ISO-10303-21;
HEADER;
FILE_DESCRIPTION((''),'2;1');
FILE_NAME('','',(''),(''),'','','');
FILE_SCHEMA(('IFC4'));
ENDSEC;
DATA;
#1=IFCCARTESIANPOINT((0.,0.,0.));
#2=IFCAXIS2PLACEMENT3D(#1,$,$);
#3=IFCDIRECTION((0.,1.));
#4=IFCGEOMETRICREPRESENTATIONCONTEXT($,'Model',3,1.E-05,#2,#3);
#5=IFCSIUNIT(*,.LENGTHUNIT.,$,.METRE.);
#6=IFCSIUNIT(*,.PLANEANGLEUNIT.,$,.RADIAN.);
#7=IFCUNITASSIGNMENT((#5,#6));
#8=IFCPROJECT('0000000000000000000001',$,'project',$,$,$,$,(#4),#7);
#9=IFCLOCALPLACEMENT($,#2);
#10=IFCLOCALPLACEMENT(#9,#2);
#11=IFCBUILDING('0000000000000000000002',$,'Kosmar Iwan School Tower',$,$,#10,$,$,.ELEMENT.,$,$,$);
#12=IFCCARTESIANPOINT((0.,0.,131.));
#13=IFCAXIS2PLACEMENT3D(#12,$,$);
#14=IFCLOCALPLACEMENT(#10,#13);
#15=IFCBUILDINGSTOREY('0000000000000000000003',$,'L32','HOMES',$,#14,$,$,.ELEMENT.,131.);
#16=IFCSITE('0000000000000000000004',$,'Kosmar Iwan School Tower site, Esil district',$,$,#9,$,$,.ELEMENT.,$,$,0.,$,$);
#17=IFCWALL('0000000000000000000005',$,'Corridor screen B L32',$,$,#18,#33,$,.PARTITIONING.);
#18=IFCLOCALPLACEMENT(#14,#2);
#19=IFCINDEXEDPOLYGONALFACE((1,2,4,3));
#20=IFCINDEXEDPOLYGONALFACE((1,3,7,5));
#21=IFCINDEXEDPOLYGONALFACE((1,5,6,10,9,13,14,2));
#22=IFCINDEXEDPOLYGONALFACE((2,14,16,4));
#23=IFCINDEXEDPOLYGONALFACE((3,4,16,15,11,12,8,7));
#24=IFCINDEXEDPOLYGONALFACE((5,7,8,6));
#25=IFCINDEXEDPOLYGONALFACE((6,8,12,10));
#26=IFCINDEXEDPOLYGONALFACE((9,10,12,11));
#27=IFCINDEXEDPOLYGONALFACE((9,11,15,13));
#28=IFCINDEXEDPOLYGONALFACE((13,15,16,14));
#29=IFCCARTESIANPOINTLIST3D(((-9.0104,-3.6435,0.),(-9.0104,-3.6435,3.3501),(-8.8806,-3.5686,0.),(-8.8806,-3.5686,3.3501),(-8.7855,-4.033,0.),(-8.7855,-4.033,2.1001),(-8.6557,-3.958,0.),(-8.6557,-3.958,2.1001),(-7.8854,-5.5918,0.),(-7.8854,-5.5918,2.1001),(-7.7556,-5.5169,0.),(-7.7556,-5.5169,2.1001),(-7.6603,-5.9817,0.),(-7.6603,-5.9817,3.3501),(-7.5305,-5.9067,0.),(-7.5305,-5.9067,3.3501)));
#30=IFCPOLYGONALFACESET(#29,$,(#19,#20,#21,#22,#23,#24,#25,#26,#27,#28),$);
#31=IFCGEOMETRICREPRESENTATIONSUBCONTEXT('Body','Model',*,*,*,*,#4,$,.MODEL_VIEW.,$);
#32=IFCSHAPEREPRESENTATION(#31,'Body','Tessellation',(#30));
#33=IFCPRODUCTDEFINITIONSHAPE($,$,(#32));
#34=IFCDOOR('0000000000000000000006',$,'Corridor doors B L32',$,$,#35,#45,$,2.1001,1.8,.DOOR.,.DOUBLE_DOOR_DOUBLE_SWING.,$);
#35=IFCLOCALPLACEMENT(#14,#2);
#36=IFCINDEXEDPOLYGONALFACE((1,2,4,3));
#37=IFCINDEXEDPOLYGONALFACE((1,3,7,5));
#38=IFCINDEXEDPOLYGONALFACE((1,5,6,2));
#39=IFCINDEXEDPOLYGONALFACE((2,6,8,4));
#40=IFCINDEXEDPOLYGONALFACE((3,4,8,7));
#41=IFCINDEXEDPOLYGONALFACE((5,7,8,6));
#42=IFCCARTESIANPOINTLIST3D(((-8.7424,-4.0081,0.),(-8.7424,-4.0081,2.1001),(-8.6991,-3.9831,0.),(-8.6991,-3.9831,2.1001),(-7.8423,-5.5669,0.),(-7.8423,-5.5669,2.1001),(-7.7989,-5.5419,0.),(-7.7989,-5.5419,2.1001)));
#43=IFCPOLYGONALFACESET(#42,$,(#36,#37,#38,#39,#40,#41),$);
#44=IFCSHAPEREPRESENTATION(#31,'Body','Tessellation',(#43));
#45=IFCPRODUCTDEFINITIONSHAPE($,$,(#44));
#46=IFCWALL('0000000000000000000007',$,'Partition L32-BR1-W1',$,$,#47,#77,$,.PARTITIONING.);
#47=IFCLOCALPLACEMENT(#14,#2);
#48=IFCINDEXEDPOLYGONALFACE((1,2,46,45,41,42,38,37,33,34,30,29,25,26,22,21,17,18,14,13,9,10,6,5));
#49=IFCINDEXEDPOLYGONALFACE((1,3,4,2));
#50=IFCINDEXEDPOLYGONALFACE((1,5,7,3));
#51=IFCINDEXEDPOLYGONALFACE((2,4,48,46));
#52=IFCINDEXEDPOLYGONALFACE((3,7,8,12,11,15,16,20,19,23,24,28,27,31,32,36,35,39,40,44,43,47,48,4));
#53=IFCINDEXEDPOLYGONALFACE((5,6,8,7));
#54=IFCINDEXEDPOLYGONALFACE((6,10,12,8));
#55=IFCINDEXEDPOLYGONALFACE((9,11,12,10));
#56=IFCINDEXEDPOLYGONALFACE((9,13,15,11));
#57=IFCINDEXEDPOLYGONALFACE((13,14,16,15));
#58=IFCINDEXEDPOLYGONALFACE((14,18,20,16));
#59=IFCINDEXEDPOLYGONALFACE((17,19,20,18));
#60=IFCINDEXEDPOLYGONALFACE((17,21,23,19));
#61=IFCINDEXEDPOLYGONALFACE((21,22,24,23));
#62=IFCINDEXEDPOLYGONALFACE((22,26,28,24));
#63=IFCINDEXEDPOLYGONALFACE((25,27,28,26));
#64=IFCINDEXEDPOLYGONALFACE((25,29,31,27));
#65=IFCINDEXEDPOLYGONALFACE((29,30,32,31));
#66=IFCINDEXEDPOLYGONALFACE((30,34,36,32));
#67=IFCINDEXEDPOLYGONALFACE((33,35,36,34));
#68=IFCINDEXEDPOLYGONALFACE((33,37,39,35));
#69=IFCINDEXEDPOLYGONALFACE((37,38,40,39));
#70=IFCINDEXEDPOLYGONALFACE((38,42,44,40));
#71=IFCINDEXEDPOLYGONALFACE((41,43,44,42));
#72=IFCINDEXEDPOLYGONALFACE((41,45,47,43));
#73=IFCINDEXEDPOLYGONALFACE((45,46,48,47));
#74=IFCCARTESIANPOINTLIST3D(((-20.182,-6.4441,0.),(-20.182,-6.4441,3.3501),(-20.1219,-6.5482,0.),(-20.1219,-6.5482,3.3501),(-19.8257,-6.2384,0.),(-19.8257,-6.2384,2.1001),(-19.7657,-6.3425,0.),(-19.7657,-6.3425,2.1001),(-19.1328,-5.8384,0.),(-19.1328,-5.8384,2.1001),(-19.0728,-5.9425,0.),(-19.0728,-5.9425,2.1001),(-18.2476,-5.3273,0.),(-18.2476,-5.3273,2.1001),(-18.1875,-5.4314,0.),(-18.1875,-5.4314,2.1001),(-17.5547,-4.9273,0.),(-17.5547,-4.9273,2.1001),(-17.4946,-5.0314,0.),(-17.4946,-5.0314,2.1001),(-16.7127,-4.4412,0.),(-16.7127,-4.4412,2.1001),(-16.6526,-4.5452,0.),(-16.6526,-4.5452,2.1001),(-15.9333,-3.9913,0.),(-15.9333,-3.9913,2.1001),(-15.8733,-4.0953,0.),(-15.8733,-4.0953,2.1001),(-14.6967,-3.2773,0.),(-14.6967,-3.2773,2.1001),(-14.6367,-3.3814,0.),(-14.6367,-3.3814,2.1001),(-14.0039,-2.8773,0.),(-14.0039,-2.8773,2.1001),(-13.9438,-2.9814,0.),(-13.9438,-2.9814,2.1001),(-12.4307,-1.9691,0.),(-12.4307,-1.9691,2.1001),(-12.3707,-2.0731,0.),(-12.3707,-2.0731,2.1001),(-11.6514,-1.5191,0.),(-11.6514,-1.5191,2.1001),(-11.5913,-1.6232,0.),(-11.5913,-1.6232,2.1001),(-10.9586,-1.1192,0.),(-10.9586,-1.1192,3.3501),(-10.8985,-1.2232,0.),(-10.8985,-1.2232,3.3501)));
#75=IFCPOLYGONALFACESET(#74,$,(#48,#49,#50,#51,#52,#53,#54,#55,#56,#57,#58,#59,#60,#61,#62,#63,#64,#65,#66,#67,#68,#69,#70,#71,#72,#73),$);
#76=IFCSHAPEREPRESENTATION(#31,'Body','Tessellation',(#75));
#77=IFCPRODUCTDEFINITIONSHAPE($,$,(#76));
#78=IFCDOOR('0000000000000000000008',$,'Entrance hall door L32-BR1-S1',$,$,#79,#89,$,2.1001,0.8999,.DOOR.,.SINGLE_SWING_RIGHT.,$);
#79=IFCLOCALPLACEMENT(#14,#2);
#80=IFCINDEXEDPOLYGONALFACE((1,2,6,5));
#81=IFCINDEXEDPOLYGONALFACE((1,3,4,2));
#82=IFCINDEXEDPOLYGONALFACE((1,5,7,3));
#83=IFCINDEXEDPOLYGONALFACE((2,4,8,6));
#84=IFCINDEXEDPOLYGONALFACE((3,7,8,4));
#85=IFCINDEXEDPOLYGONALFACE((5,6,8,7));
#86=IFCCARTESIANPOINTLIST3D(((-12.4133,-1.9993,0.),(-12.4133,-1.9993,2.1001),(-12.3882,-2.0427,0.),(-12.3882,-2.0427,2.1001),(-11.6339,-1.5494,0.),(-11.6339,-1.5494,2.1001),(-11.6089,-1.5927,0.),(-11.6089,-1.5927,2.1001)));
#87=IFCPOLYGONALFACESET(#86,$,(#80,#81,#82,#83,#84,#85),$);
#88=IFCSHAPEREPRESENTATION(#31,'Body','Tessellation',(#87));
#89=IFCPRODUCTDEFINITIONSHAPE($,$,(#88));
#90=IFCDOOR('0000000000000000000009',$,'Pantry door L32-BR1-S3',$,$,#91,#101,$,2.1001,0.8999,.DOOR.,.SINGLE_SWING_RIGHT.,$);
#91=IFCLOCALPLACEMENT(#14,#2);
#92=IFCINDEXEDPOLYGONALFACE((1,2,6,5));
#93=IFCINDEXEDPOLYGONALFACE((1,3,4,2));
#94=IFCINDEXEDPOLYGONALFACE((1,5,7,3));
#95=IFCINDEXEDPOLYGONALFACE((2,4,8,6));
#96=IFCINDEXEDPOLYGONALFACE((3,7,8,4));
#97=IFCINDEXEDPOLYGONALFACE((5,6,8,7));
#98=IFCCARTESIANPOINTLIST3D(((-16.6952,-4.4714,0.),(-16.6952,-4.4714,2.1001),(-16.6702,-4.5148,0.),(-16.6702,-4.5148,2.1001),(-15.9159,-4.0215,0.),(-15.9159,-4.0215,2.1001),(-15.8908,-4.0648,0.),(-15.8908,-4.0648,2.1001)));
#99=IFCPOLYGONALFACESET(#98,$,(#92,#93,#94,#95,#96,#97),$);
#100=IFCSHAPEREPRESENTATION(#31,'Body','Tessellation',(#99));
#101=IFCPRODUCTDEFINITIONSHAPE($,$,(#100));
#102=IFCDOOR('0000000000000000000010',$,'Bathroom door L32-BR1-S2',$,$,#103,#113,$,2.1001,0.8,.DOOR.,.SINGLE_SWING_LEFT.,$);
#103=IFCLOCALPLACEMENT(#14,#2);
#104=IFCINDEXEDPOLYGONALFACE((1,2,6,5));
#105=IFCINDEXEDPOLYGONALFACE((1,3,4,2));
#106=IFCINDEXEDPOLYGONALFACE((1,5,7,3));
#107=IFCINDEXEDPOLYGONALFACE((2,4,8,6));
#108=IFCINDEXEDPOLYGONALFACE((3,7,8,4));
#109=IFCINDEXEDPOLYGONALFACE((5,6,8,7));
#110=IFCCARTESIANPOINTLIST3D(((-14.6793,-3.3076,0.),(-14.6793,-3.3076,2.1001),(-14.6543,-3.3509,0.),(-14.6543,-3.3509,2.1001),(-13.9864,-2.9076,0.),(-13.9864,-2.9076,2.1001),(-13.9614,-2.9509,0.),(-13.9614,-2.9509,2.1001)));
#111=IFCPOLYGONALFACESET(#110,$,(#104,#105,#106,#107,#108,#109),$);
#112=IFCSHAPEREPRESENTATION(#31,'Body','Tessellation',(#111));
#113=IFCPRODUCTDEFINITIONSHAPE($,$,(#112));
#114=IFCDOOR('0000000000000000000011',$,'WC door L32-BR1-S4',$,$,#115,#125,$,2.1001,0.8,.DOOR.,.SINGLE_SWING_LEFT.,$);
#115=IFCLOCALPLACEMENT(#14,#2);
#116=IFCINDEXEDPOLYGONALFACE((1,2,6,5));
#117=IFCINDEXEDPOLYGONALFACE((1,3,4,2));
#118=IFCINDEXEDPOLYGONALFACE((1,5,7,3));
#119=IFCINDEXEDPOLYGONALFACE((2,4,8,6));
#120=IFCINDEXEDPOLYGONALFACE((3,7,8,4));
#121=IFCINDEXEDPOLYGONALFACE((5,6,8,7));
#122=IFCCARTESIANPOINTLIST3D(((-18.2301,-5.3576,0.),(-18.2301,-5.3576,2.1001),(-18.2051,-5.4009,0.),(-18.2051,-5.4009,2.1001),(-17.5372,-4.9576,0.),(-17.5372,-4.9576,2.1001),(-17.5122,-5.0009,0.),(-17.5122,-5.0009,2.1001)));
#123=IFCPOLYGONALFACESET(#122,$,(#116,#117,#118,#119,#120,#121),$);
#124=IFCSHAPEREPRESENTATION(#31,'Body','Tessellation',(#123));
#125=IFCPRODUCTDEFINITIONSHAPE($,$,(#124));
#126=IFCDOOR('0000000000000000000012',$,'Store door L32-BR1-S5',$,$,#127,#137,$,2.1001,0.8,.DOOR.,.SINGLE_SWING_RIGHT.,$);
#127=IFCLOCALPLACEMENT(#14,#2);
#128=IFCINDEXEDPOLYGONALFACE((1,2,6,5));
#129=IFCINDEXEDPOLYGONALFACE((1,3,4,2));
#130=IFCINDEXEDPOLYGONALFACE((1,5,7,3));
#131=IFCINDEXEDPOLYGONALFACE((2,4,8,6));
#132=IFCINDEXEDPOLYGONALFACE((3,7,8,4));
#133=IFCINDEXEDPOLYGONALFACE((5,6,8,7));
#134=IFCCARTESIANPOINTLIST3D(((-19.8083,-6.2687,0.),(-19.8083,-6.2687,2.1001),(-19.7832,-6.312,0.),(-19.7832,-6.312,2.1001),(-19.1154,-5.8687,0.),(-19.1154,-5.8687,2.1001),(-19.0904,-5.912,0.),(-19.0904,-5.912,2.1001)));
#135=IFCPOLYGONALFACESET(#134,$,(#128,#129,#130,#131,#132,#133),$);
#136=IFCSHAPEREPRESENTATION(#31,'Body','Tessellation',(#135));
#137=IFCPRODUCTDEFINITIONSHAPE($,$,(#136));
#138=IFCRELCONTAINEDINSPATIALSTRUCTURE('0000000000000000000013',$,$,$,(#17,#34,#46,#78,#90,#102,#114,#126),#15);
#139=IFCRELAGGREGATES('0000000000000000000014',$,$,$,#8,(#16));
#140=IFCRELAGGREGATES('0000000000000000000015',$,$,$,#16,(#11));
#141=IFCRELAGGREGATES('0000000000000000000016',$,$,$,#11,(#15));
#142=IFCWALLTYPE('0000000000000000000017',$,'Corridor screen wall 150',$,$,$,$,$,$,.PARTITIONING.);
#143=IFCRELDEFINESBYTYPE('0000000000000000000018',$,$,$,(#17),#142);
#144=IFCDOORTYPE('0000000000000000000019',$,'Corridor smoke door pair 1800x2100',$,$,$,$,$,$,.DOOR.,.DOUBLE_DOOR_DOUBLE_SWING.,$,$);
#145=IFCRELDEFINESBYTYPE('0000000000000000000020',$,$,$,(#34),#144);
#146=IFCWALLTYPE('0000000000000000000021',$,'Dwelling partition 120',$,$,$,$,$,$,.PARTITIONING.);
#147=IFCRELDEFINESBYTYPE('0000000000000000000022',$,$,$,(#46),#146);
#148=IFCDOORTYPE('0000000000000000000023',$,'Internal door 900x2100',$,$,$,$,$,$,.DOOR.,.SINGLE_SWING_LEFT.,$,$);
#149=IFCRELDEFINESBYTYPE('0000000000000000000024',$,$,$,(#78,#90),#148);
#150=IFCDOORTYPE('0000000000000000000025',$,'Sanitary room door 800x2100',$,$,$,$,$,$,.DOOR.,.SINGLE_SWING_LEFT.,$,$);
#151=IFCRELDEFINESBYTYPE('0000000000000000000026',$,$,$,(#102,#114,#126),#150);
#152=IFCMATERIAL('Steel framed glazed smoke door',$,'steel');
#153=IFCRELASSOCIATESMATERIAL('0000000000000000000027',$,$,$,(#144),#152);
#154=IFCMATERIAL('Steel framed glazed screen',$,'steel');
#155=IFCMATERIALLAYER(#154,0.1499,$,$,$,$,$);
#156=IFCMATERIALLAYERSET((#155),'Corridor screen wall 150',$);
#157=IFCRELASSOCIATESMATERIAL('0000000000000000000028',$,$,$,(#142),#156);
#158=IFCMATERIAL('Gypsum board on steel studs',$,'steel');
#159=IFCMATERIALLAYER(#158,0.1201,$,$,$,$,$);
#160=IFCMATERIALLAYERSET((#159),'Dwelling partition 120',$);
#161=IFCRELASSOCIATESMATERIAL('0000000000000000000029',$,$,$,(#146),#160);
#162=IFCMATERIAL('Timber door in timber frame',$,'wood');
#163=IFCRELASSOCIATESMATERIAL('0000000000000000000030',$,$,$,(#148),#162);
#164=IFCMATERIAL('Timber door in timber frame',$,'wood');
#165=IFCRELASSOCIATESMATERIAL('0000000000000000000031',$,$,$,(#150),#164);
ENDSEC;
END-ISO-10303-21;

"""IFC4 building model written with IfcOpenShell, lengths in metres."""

from ifc_helpers import new_model, si_unit, direction, frame, frame_2d, origin, place, context, subcontext, project, spatial, rectangle, extrude, material, layer, layer_set, type_object, element, fill, save


model = new_model("IFC4")

# Units and contexts
model_context = context("Model", 3, precision=1e-05, world=origin(), true_north=direction((0.0, 1.0)))
body_context = subcontext(model_context, "Body", "Model", "MODEL_VIEW")
ifc_project = project(units=[si_unit("LENGTHUNIT", "METRE"), si_unit("PLANEANGLEUNIT", "RADIAN")], contexts=[model_context])

# Site, building, storey
site_placement = place(None, origin())
site = spatial("IfcSite", under=ifc_project, at=site_placement, Name="Kosmar Iwan School Tower site, Esil district", CompositionType="ELEMENT", RefElevation=0.0)
building_placement = place(site_placement, origin())
building = spatial("IfcBuilding", under=site, at=building_placement, Name="Kosmar Iwan School Tower", CompositionType="ELEMENT")
storey_placement = place(building_placement, frame((0.0, 0.0, 131.0)))
storey = spatial("IfcBuildingStorey", under=building, at=storey_placement, Name="L32", Description="HOMES", CompositionType="ELEMENT", Elevation=131.0)

# Wall, opening, door
ifc_material_1 = material(Name="Steel framed glazed smoke door", Category="steel")
door_type_1 = type_object("IfcDoorType", Name="Corridor smoke door pair 1800x2100", OperationType="DOUBLE_DOOR_DOUBLE_SWING", PredefinedType="DOOR", material=ifc_material_1)
ifc_material_2 = material(Name="Steel framed glazed screen", Category="steel")
ifc_layer_1 = layer(ifc_material_2, 0.1499)
ifc_layer_set_1 = layer_set([ifc_layer_1], Name="Corridor screen wall 150")
wall_type_1 = type_object("IfcWallType", Name="Corridor screen wall 150", PredefinedType="PARTITIONING", material=ifc_layer_set_1)
wall_1_placement = place(storey_placement, frame((-8.9456, -3.606, 0.0), z_axis=(0.0, 0.0, 1.0), x_axis=(0.500049, -0.865997, 0.0)))
wall_1 = element("IfcWall", 1, at=wall_1_placement, inside=storey, type_object=wall_type_1, Name="Corridor screen B L32", PredefinedType="PARTITIONING", context=body_context, shape_type="SweptSolid", body=[
    extrude(rectangle(XDim=2.7, YDim=0.1499, at=frame_2d((1.3501, 0.0))), origin(), (0.0, 0.0, 1.0), 3.3501),
])
opening_1_placement = place(wall_1_placement, frame((0.45, 0.0, 0.0)))
opening_1 = element("IfcOpeningElement", 2, at=opening_1_placement, cuts=wall_1, PredefinedType="OPENING", context=body_context, shape_type="SweptSolid", body=[
    extrude(rectangle(XDim=1.8, YDim=2.1001, at=frame_2d((0.8999, 1.05))), frame((0.0, 0.0869, 0.0), z_axis=(0.0, -1.0, 0.0), x_axis=(1.0, 0.0, 0.0)), (0.0, 0.0, 1.0), 0.1738),
])
door_1_placement = place(opening_1_placement, origin())
door_1 = element("IfcDoor", 3, at=door_1_placement, inside=storey, type_object=door_type_1, Name="Corridor doors B L32", OperationType="DOUBLE_DOOR_DOUBLE_SWING", OverallHeight=2.1001, OverallWidth=1.8, PredefinedType="DOOR", context=body_context, shape_type="SweptSolid", body=[
    extrude(rectangle(XDim=1.8, YDim=2.1001, at=frame_2d((0.8999, 1.05))), frame((0.0, 0.0249, 0.0), z_axis=(0.0, -1.0, 0.0), x_axis=(1.0, 0.0, 0.0)), (0.0, 0.0, 1.0), 0.05),
])
fill(opening_1, door_1)

# Wall, openings, doors
ifc_material_3 = material(Name="Gypsum board on steel studs", Category="steel")
ifc_layer_2 = layer(ifc_material_3, 0.1201)
ifc_layer_set_2 = layer_set([ifc_layer_2], Name="Dwelling partition 120")
wall_type_2 = type_object("IfcWallType", Name="Dwelling partition 120", PredefinedType="PARTITIONING", material=ifc_layer_set_2)
wall_2_placement = place(storey_placement, frame((-10.9285, -1.1711, 0.0), z_axis=(0.0, 0.0, 1.0), x_axis=(-0.866033, -0.499988, 0.0)))
wall_2 = element("IfcWall", 4, at=wall_2_placement, inside=storey, type_object=wall_type_2, Name="Partition L32-BR1-W1", PredefinedType="PARTITIONING", context=body_context, shape_type="SweptSolid", body=[
    extrude(rectangle(XDim=10.6501, YDim=0.1201, at=frame_2d((5.3252, 0.0))), origin(), (0.0, 0.0, 1.0), 3.3501),
])
opening_2_placement = place(wall_2_placement, frame((0.8, 0.0, 0.0)))
opening_2 = element("IfcOpeningElement", 5, at=opening_2_placement, cuts=wall_2, PredefinedType="OPENING", context=body_context, shape_type="SweptSolid", body=[
    extrude(rectangle(XDim=0.8999, YDim=2.1001, at=frame_2d((0.45, 1.05))), frame((0.0, 0.072, 0.0), z_axis=(0.0, -1.0, 0.0), x_axis=(1.0, 0.0, 0.0)), (0.0, 0.0, 1.0), 0.144),
])
opening_3_placement = place(wall_2_placement, frame((3.5166, 0.0, 0.0)))
opening_3 = element("IfcOpeningElement", 6, at=opening_3_placement, cuts=wall_2, PredefinedType="OPENING", context=body_context, shape_type="SweptSolid", body=[
    extrude(rectangle(XDim=0.8, YDim=2.1001, at=frame_2d((0.3999, 1.05))), frame((0.0, 0.072, 0.0), z_axis=(0.0, -1.0, 0.0), x_axis=(1.0, 0.0, 0.0)), (0.0, 0.0, 1.0), 0.144),
])
opening_4_placement = place(wall_2_placement, frame((5.7444, 0.0, 0.0)))
opening_4 = element("IfcOpeningElement", 7, at=opening_4_placement, cuts=wall_2, PredefinedType="OPENING", context=body_context, shape_type="SweptSolid", body=[
    extrude(rectangle(XDim=0.8999, YDim=2.1001, at=frame_2d((0.45, 1.05))), frame((0.0, 0.072, 0.0), z_axis=(0.0, -1.0, 0.0), x_axis=(1.0, 0.0, 0.0)), (0.0, 0.0, 1.0), 0.144),
])
opening_5_placement = place(wall_2_placement, frame((7.6167, 0.0, 0.0)))
opening_5 = element("IfcOpeningElement", 8, at=opening_5_placement, cuts=wall_2, PredefinedType="OPENING", context=body_context, shape_type="SweptSolid", body=[
    extrude(rectangle(XDim=0.8, YDim=2.1001, at=frame_2d((0.3999, 1.05))), frame((0.0, 0.072, 0.0), z_axis=(0.0, -1.0, 0.0), x_axis=(1.0, 0.0, 0.0)), (0.0, 0.0, 1.0), 0.144),
])
opening_6_placement = place(wall_2_placement, frame((9.439, 0.0, 0.0)))
opening_6 = element("IfcOpeningElement", 9, at=opening_6_placement, cuts=wall_2, PredefinedType="OPENING", context=body_context, shape_type="SweptSolid", body=[
    extrude(rectangle(XDim=0.8, YDim=2.1001, at=frame_2d((0.3999, 1.05))), frame((0.0, 0.072, 0.0), z_axis=(0.0, -1.0, 0.0), x_axis=(1.0, 0.0, 0.0)), (0.0, 0.0, 1.0), 0.144),
])
ifc_material_4 = material(Name="Timber door in timber frame", Category="wood")
door_type_2 = type_object("IfcDoorType", Name="Internal door 900x2100", OperationType="SINGLE_SWING_LEFT", PredefinedType="DOOR", material=ifc_material_4)
door_2_placement = place(opening_2_placement, origin())
door_2 = element("IfcDoor", 10, at=door_2_placement, inside=storey, type_object=door_type_2, Name="Entrance hall door L32-BR1-S1", OperationType="SINGLE_SWING_RIGHT", OverallHeight=2.1001, OverallWidth=0.8999, PredefinedType="DOOR", context=body_context, shape_type="SweptSolid", body=[
    extrude(rectangle(XDim=0.8999, YDim=2.1001, at=frame_2d((0.45, 1.05))), frame((0.0, 0.0249, 0.0), z_axis=(0.0, -1.0, 0.0), x_axis=(1.0, 0.0, 0.0)), (0.0, 0.0, 1.0), 0.05),
])
fill(opening_2, door_2)
door_3_placement = place(opening_4_placement, origin())
door_3 = element("IfcDoor", 11, at=door_3_placement, inside=storey, type_object=door_type_2, Name="Pantry door L32-BR1-S3", OperationType="SINGLE_SWING_RIGHT", OverallHeight=2.1001, OverallWidth=0.8999, PredefinedType="DOOR", context=body_context, shape_type="SweptSolid", body=[
    extrude(rectangle(XDim=0.8999, YDim=2.1001, at=frame_2d((0.45, 1.05))), frame((0.0, 0.0249, 0.0), z_axis=(0.0, -1.0, 0.0), x_axis=(1.0, 0.0, 0.0)), (0.0, 0.0, 1.0), 0.05),
])
fill(opening_4, door_3)
ifc_material_5 = material(Name="Timber door in timber frame", Category="wood")
door_type_3 = type_object("IfcDoorType", Name="Sanitary room door 800x2100", OperationType="SINGLE_SWING_LEFT", PredefinedType="DOOR", material=ifc_material_5)
door_4_placement = place(opening_3_placement, origin())
door_4 = element("IfcDoor", 12, at=door_4_placement, inside=storey, type_object=door_type_3, Name="Bathroom door L32-BR1-S2", OperationType="SINGLE_SWING_LEFT", OverallHeight=2.1001, OverallWidth=0.8, PredefinedType="DOOR", context=body_context, shape_type="SweptSolid", body=[
    extrude(rectangle(XDim=0.8, YDim=2.1001, at=frame_2d((0.3999, 1.05))), frame((0.0, 0.0249, 0.0), z_axis=(0.0, -1.0, 0.0), x_axis=(1.0, 0.0, 0.0)), (0.0, 0.0, 1.0), 0.05),
])
fill(opening_3, door_4)
door_5_placement = place(opening_5_placement, origin())
door_5 = element("IfcDoor", 13, at=door_5_placement, inside=storey, type_object=door_type_3, Name="WC door L32-BR1-S4", OperationType="SINGLE_SWING_LEFT", OverallHeight=2.1001, OverallWidth=0.8, PredefinedType="DOOR", context=body_context, shape_type="SweptSolid", body=[
    extrude(rectangle(XDim=0.8, YDim=2.1001, at=frame_2d((0.3999, 1.05))), frame((0.0, 0.0249, 0.0), z_axis=(0.0, -1.0, 0.0), x_axis=(1.0, 0.0, 0.0)), (0.0, 0.0, 1.0), 0.05),
])
fill(opening_5, door_5)
door_6_placement = place(opening_6_placement, origin())
door_6 = element("IfcDoor", 14, at=door_6_placement, inside=storey, type_object=door_type_3, Name="Store door L32-BR1-S5", OperationType="SINGLE_SWING_RIGHT", OverallHeight=2.1001, OverallWidth=0.8, PredefinedType="DOOR", context=body_context, shape_type="SweptSolid", body=[
    extrude(rectangle(XDim=0.8, YDim=2.1001, at=frame_2d((0.3999, 1.05))), frame((0.0, 0.0249, 0.0), z_axis=(0.0, -1.0, 0.0), x_axis=(1.0, 0.0, 0.0)), (0.0, 0.0, 1.0), 0.05),
])
fill(opening_6, door_6)

save(model, "model.ifc")
